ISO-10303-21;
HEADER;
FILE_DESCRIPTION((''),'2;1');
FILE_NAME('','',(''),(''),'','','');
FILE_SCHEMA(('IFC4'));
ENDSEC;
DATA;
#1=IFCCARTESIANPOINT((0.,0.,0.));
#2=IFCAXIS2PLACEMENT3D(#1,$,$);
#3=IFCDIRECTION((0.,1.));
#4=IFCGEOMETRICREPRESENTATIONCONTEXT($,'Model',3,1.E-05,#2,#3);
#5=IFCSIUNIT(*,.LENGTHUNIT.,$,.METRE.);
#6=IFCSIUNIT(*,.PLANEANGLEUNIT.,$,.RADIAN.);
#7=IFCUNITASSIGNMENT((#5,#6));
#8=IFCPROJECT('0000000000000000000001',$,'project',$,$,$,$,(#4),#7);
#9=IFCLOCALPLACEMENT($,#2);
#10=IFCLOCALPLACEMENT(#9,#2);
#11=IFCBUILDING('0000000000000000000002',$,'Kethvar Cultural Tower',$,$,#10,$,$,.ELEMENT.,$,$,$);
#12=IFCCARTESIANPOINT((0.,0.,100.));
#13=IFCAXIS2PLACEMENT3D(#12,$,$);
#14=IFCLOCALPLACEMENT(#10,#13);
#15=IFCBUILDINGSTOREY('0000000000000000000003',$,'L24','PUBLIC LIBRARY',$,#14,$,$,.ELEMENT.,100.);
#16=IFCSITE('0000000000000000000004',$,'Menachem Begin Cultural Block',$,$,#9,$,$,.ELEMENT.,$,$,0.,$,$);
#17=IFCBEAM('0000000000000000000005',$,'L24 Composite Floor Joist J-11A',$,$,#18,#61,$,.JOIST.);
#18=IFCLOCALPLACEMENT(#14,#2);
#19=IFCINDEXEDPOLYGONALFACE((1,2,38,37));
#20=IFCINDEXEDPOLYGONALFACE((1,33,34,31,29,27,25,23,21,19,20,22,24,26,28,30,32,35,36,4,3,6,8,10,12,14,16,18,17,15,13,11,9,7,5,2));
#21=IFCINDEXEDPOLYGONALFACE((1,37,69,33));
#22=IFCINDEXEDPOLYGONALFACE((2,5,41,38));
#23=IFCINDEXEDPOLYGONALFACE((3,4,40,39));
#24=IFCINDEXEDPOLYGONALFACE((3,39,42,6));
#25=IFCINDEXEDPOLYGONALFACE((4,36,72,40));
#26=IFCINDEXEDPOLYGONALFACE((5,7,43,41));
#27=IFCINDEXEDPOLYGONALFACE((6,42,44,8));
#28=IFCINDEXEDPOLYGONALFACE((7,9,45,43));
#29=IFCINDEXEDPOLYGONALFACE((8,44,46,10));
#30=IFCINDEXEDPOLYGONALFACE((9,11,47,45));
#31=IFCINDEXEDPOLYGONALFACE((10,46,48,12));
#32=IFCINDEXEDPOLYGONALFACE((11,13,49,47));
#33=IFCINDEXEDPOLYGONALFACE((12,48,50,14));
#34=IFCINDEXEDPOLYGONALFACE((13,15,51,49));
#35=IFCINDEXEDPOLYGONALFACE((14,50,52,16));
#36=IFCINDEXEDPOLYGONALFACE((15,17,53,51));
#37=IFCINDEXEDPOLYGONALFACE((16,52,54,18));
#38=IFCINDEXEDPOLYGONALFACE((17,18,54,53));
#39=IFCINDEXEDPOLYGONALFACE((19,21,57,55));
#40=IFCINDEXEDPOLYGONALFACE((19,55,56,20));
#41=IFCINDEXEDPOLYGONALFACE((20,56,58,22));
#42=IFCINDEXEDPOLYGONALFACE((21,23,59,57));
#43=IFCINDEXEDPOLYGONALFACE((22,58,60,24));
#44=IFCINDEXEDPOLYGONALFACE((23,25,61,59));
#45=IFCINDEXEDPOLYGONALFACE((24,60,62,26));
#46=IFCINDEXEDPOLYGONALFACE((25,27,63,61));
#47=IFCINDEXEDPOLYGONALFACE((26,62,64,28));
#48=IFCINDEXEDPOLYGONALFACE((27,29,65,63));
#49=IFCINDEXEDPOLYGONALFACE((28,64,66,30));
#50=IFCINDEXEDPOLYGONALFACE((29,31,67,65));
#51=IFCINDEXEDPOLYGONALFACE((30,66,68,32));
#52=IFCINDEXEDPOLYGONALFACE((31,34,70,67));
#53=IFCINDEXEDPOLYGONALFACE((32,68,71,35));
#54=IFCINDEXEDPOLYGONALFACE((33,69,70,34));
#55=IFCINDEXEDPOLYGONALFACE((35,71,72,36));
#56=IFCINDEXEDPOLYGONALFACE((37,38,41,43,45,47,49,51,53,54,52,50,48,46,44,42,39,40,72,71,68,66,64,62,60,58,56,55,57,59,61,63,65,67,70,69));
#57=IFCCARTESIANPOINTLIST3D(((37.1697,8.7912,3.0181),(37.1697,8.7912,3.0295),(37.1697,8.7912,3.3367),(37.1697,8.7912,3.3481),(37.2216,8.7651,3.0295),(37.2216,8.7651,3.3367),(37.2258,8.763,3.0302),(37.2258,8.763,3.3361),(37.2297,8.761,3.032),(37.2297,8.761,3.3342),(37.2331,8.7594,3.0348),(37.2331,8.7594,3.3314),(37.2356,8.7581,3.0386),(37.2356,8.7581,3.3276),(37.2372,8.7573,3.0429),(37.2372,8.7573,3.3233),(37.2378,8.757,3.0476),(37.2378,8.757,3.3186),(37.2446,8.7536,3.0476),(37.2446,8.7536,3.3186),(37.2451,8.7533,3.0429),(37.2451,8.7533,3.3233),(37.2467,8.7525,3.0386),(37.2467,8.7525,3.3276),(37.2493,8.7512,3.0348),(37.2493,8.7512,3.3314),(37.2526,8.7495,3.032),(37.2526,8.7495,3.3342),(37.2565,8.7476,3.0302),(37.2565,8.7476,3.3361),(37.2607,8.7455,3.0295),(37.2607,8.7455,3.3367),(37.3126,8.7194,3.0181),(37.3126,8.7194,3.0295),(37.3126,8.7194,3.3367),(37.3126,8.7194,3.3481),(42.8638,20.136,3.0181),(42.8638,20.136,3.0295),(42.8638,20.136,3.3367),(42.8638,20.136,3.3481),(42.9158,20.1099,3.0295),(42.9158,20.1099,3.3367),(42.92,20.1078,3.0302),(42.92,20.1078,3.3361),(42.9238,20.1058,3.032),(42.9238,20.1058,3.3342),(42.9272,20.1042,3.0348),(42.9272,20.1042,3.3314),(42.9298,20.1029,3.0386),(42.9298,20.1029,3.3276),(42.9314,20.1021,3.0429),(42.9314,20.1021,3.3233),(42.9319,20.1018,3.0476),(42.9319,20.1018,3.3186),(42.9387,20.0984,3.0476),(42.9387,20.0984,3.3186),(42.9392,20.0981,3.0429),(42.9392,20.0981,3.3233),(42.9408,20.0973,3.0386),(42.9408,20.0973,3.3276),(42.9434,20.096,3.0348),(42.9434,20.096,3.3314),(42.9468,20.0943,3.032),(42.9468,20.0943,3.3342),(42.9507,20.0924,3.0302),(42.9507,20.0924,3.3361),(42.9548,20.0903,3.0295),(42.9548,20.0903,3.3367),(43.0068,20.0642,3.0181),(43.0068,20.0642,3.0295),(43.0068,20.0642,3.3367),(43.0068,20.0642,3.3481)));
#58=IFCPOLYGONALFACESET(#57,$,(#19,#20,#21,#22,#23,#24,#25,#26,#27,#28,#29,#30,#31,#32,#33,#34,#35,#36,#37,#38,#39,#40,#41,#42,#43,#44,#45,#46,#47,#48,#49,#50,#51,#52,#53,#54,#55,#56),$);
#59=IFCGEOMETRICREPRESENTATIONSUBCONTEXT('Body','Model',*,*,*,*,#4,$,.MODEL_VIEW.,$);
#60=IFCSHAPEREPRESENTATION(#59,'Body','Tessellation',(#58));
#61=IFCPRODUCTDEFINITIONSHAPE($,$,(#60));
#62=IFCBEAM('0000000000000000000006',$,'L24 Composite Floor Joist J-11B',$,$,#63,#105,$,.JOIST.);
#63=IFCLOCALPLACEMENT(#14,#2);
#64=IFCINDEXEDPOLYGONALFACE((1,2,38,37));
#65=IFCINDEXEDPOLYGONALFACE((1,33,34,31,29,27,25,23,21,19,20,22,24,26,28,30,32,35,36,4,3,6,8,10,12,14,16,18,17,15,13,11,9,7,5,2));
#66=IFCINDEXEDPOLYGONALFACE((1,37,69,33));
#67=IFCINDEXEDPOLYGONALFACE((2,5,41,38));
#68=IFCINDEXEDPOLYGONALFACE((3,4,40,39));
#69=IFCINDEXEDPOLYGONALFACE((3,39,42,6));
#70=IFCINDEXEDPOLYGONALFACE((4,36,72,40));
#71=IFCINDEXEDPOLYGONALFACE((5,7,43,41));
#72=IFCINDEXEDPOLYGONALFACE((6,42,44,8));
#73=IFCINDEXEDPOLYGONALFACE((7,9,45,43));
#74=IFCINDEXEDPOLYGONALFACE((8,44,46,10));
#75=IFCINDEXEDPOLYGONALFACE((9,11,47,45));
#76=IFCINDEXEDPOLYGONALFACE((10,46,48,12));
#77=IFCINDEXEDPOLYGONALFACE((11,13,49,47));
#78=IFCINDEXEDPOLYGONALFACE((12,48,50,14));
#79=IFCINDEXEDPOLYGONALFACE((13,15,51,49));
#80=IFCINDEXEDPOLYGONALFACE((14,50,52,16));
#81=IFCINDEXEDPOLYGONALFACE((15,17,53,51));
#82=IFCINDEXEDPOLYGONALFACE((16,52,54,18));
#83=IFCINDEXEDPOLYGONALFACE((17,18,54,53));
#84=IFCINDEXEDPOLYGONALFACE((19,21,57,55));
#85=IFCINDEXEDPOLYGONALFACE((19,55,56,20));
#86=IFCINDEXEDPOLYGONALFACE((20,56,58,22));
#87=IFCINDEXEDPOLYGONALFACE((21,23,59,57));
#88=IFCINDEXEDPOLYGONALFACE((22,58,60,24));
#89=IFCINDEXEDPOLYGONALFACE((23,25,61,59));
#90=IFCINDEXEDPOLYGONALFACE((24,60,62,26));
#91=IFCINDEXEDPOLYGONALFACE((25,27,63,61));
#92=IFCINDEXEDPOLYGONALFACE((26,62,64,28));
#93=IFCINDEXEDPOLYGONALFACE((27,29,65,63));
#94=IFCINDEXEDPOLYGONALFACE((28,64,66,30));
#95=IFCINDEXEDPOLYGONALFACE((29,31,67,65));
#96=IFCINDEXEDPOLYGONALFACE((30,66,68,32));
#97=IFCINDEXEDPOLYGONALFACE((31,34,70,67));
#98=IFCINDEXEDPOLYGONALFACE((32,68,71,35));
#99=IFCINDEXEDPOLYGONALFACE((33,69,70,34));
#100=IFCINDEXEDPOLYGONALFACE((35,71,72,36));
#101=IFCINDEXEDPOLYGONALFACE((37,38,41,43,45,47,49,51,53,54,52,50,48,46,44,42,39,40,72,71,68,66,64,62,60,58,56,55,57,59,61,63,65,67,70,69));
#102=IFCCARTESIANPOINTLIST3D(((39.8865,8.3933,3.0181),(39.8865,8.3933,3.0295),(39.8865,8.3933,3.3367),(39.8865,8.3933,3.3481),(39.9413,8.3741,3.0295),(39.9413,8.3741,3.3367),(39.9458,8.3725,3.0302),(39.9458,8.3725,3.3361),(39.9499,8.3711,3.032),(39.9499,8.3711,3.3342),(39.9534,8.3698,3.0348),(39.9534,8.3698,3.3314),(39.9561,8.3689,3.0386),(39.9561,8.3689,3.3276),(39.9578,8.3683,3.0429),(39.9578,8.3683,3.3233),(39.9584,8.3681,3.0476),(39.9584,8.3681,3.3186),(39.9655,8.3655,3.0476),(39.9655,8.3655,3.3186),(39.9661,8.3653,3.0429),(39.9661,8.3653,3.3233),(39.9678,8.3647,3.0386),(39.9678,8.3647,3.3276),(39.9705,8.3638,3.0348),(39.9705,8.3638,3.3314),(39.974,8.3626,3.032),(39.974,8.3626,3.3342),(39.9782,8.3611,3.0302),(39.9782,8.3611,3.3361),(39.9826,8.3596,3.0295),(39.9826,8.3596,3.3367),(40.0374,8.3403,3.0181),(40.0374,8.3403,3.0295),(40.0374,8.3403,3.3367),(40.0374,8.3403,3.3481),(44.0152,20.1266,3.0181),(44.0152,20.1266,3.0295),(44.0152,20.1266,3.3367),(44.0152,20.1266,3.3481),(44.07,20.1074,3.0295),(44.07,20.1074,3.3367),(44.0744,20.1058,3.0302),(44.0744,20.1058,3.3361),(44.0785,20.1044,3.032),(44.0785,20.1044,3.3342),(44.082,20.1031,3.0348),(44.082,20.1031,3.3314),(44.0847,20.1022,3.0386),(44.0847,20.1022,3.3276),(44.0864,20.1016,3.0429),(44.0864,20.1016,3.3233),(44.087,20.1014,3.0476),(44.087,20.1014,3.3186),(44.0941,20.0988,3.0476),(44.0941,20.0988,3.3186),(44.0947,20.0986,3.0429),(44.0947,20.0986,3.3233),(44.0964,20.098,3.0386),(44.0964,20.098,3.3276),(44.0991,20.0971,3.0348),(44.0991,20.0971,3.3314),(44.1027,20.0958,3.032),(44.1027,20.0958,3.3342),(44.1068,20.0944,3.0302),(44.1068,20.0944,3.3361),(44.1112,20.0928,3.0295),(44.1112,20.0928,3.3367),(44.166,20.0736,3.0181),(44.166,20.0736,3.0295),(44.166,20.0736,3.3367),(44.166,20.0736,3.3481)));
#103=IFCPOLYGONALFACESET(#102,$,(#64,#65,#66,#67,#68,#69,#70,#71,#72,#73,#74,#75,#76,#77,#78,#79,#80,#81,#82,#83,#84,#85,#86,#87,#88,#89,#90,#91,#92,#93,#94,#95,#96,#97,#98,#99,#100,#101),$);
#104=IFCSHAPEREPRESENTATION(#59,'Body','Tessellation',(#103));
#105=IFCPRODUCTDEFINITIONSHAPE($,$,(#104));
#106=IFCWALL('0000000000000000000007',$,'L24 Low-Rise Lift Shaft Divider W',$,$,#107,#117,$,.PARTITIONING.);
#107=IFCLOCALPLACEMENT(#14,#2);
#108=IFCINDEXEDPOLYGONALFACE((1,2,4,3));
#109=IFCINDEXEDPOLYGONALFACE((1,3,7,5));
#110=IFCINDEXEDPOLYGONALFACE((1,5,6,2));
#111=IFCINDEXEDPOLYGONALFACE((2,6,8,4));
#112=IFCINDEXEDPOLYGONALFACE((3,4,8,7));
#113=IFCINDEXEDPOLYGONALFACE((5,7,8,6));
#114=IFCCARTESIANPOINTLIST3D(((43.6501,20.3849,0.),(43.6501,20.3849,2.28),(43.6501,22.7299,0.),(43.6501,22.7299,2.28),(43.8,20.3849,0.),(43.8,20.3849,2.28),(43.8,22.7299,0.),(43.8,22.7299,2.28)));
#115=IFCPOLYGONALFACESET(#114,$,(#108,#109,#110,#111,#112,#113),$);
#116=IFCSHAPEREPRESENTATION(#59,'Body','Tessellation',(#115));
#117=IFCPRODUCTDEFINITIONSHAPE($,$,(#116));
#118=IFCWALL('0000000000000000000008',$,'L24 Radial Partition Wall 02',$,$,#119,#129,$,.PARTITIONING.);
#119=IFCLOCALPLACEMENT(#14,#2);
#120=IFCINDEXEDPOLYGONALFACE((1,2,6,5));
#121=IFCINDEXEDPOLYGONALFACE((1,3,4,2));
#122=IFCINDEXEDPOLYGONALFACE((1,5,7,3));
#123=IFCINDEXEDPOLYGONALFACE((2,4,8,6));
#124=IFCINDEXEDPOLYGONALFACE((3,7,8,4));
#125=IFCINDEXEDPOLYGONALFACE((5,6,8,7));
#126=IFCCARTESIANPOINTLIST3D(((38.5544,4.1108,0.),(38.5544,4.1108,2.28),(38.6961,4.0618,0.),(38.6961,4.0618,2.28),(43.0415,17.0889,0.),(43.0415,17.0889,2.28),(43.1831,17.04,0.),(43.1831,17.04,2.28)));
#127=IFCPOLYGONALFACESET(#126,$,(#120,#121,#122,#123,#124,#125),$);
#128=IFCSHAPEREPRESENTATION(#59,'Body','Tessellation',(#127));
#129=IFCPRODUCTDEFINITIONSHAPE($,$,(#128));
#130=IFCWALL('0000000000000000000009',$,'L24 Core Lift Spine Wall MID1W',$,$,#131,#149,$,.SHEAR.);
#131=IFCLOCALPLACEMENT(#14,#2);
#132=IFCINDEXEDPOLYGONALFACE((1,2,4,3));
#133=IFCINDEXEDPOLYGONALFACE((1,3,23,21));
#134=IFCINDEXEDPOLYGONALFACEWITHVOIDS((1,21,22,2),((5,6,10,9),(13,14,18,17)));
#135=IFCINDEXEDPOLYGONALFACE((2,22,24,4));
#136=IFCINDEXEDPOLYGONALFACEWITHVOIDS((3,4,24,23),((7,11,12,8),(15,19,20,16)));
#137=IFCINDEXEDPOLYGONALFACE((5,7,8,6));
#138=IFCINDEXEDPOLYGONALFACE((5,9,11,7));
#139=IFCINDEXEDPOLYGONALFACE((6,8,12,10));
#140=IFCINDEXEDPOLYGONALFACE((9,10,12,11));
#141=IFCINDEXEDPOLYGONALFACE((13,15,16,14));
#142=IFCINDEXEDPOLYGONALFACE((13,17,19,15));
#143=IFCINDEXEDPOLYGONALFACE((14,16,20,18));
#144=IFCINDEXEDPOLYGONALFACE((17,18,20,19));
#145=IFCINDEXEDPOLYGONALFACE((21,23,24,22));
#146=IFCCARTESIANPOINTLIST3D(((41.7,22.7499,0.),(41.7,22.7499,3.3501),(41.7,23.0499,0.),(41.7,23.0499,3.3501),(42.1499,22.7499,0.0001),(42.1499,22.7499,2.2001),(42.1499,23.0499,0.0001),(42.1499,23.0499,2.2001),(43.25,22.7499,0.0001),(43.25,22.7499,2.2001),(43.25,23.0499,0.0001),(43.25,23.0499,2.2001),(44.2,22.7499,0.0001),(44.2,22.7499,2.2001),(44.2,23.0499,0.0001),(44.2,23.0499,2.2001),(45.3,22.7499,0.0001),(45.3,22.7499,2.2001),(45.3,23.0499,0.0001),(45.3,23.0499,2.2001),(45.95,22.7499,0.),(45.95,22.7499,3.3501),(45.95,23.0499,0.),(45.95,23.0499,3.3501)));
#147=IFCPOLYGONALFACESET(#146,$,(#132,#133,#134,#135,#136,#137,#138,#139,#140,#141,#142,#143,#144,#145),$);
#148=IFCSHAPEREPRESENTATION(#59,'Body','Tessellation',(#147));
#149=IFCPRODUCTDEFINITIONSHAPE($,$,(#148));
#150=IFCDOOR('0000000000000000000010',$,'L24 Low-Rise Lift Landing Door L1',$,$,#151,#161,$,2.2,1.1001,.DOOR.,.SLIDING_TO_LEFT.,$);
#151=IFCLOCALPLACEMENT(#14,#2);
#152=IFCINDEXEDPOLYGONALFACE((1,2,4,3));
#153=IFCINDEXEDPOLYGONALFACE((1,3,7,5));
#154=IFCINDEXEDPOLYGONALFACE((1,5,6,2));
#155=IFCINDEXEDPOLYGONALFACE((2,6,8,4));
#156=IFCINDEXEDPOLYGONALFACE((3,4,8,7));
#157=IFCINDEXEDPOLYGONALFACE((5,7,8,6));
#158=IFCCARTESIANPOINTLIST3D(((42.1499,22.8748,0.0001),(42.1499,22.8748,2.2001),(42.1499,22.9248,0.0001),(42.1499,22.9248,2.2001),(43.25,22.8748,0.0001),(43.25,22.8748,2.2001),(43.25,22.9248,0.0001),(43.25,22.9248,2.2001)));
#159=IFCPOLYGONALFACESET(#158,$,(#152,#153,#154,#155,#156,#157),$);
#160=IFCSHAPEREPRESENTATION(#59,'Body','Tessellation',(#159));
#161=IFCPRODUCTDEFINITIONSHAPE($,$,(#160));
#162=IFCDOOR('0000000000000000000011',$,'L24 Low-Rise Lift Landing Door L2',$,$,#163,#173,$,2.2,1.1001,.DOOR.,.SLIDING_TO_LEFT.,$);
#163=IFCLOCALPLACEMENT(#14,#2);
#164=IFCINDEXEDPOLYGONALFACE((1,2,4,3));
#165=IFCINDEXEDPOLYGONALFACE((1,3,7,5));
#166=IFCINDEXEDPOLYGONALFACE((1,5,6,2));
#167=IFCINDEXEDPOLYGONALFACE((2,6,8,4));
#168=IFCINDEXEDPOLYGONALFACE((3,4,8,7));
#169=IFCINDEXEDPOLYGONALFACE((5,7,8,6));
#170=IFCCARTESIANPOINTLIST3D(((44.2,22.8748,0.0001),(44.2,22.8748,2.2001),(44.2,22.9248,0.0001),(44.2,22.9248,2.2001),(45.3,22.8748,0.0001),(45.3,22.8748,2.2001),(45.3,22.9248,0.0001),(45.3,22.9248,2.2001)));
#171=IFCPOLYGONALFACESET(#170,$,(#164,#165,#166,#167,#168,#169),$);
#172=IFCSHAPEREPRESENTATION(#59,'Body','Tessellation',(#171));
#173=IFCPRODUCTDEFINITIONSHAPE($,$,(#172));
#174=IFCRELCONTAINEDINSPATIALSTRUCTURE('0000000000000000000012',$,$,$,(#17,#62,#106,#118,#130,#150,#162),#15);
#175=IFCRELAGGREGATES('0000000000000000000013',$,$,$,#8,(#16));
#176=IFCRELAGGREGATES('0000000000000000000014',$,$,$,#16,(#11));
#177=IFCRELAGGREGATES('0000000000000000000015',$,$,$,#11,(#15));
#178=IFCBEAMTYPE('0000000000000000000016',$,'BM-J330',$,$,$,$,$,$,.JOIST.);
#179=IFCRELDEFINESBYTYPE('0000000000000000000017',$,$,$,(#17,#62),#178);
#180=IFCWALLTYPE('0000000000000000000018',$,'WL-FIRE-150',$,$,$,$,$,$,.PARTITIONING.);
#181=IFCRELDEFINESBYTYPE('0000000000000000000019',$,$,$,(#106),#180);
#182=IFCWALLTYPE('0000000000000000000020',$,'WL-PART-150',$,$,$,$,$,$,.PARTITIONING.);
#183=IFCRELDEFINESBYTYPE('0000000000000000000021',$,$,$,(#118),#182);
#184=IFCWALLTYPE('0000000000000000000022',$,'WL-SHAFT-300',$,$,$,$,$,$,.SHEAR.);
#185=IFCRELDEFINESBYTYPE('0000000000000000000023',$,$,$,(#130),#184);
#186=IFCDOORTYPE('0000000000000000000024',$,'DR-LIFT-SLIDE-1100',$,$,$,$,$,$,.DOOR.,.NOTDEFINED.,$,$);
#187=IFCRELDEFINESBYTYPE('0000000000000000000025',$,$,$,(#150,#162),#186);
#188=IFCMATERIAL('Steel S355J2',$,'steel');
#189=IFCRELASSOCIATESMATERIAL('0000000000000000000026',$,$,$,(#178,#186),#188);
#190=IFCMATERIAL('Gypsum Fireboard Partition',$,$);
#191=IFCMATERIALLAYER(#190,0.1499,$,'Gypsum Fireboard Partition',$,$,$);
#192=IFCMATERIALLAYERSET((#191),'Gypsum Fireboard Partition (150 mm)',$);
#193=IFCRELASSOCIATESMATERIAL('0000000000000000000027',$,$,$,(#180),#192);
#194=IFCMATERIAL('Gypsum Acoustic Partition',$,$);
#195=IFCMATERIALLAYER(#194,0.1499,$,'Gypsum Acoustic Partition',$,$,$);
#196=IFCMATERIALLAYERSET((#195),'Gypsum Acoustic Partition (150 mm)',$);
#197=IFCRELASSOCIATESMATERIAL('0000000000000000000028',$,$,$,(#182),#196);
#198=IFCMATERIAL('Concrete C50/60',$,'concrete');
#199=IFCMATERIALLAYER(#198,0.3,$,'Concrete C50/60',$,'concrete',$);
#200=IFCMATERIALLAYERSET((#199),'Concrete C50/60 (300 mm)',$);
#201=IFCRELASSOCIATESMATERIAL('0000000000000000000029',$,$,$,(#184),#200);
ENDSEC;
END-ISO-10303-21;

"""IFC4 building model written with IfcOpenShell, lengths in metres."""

from ifc_helpers import new_model, si_unit, direction, frame, frame_2d, origin, origin_2d, place, context, subcontext, project, spatial, rectangle, i_section, extrude, source, transform, mapped, material, layer, layer_set, material_profile, profile_set, type_object, element, fill, save


model = new_model("IFC4")

# Units and contexts
model_context = context("Model", 3, precision=1e-05, world=origin(), true_north=direction((0.0, 1.0)))
body_context = subcontext(model_context, "Body", "Model", "MODEL_VIEW")
ifc_project = project(units=[si_unit("LENGTHUNIT", "METRE"), si_unit("PLANEANGLEUNIT", "RADIAN")], contexts=[model_context])

# Site, building, storey
site_placement = place(None, origin())
site = spatial("IfcSite", under=ifc_project, at=site_placement, Name="Menachem Begin Cultural Block", CompositionType="ELEMENT", RefElevation=0.0)
building_placement = place(site_placement, origin())
building = spatial("IfcBuilding", under=site, at=building_placement, Name="Kethvar Cultural Tower", CompositionType="ELEMENT")
storey_placement = place(building_placement, frame((0.0, 0.0, 100.0)))
storey = spatial("IfcBuildingStorey", under=building, at=storey_placement, Name="L24", Description="PUBLIC LIBRARY", CompositionType="ELEMENT", Elevation=100.0)

# Beams
ifc_material_1 = material(Name="Steel S355J2", Category="steel")
ifc_material_profile_1 = material_profile(ifc_material_1, i_section(OverallWidth=0.1599, OverallDepth=0.3301, WebThickness=0.0076, FlangeThickness=0.0115, FilletRadius=0.0181, at=origin_2d()), Name="Steel S355J2 — IPE330")
ifc_profile_set_1 = profile_set([ifc_material_profile_1], Name="Steel S355J2 — IPE330")
beam_type_1 = type_object("IfcBeamType", Name="BM-J330", PredefinedType="JOIST", material=ifc_profile_set_1)
shared_shape_1 = source(origin(), body_context, "Body", "SweptSolid", [
    extrude(i_section(OverallWidth=0.1599, OverallDepth=0.3301, WebThickness=0.0076, FlangeThickness=0.0115, FilletRadius=0.0181, at=origin_2d()), origin(), (0.0, 0.0, 1.0), 12.6936),
])
beam_1_placement = place(storey_placement, frame((42.9353, 20.1001, 3.1831), z_axis=(-0.448582, -0.893741, 0.0), x_axis=(0.893741, -0.448582, 0.0)))
element("IfcBeam", 1, at=beam_1_placement, inside=storey, type_object=beam_type_1, Name="L24 Composite Floor Joist J-11A", PredefinedType="JOIST", context=body_context, shape_type="MappedRepresentation", body=[
    mapped(shared_shape_1, transform((0.0, 0.0, 0.0), scale=1.0)),
])
shared_shape_2 = source(origin(), body_context, "Body", "SweptSolid", [
    extrude(i_section(OverallWidth=0.1599, OverallDepth=0.3301, WebThickness=0.0076, FlangeThickness=0.0115, FilletRadius=0.0181, at=origin_2d()), origin(), (0.0, 0.0, 1.0), 12.4385),
])
beam_2_placement = place(storey_placement, frame((44.0906, 20.1001, 3.1831), z_axis=(-0.331924, -0.943306, 0.0), x_axis=(0.943306, -0.331924, 0.0)))
element("IfcBeam", 2, at=beam_2_placement, inside=storey, type_object=beam_type_1, Name="L24 Composite Floor Joist J-11B", PredefinedType="JOIST", context=body_context, shape_type="MappedRepresentation", body=[
    mapped(shared_shape_2, transform((0.0, 0.0, 0.0), scale=1.0)),
])

# Walls
ifc_material_2 = material(Name="Gypsum Fireboard Partition")
ifc_layer_1 = layer(ifc_material_2, 0.1499, Name="Gypsum Fireboard Partition")
ifc_layer_set_1 = layer_set([ifc_layer_1], Name="Gypsum Fireboard Partition (150 mm)")
wall_type_1 = type_object("IfcWallType", Name="WL-FIRE-150", PredefinedType="PARTITIONING", material=ifc_layer_set_1)
wall_1_placement = place(storey_placement, frame((43.7251, 20.385, 0.0), z_axis=(0.0, 0.0, 1.0), x_axis=(0.0, 1.0, 0.0)))
element("IfcWall", 3, at=wall_1_placement, inside=storey, type_object=wall_type_1, Name="L24 Low-Rise Lift Shaft Divider W", PredefinedType="PARTITIONING", context=body_context, shape_type="SweptSolid", body=[
    extrude(rectangle(XDim=2.345, YDim=0.1499, at=frame_2d((1.1724, 0.0))), origin(), (0.0, 0.0, 1.0), 2.28),
])
ifc_material_3 = material(Name="Gypsum Acoustic Partition")
ifc_layer_2 = layer(ifc_material_3, 0.1499, Name="Gypsum Acoustic Partition")
ifc_layer_set_2 = layer_set([ifc_layer_2], Name="Gypsum Acoustic Partition (150 mm)")
wall_type_2 = type_object("IfcWallType", Name="WL-PART-150", PredefinedType="PARTITIONING", material=ifc_layer_set_2)
wall_2_placement = place(storey_placement, frame((43.1123, 17.0645, 0.0), z_axis=(0.0, 0.0, 1.0), x_axis=(-0.326758, -0.945108, 0.0)))
element("IfcWall", 4, at=wall_2_placement, inside=storey, type_object=wall_type_2, Name="L24 Radial Partition Wall 02", PredefinedType="PARTITIONING", context=body_context, shape_type="SweptSolid", body=[
    extrude(rectangle(XDim=13.7319, YDim=0.1499, at=frame_2d((6.866, 0.0))), origin(), (0.0, 0.0, 1.0), 2.28),
])

# Wall, openings, doors
ifc_material_4 = material(Name="Concrete C50/60", Category="concrete")
ifc_layer_3 = layer(ifc_material_4, 0.3, Name="Concrete C50/60", Category="concrete")
ifc_layer_set_3 = layer_set([ifc_layer_3], Name="Concrete C50/60 (300 mm)")
wall_type_3 = type_object("IfcWallType", Name="WL-SHAFT-300", PredefinedType="SHEAR", material=ifc_layer_set_3)
wall_3_placement = place(storey_placement, frame((41.7, 22.8999, 0.0), z_axis=(0.0, 0.0, 1.0), x_axis=(1.0, 0.0, 0.0)))
wall_3 = element("IfcWall", 5, at=wall_3_placement, inside=storey, type_object=wall_type_3, Name="L24 Core Lift Spine Wall MID1W", PredefinedType="SHEAR", context=body_context, shape_type="SweptSolid", body=[
    extrude(rectangle(XDim=4.25, YDim=0.3, at=frame_2d((2.125, 0.0))), origin(), (0.0, 0.0, 1.0), 3.3501),
])
opening_1_placement = place(wall_3_placement, frame((0.45, 0.0, 0.0)))
opening_1 = element("IfcOpeningElement", 6, at=opening_1_placement, cuts=wall_3, PredefinedType="OPENING", context=body_context, shape_type="SweptSolid", body=[
    extrude(rectangle(XDim=1.1001, YDim=2.2, at=frame_2d((0.55, 1.1001))), frame((0.0, 0.1599, 0.0), z_axis=(0.0, -1.0, 0.0), x_axis=(1.0, 0.0, 0.0)), (0.0, 0.0, 1.0), 0.3201),
])
opening_2_placement = place(wall_3_placement, frame((2.5, 0.0, 0.0)))
opening_2 = element("IfcOpeningElement", 7, at=opening_2_placement, cuts=wall_3, PredefinedType="OPENING", context=body_context, shape_type="SweptSolid", body=[
    extrude(rectangle(XDim=1.1001, YDim=2.2, at=frame_2d((0.55, 1.1001))), frame((0.0, 0.1599, 0.0), z_axis=(0.0, -1.0, 0.0), x_axis=(1.0, 0.0, 0.0)), (0.0, 0.0, 1.0), 0.3201),
])
door_type = type_object("IfcDoorType", Name="DR-LIFT-SLIDE-1100", OperationType="NOTDEFINED", PredefinedType="DOOR", material=ifc_material_1)
shared_shape_3 = source(origin(), body_context, "Body", "SweptSolid", [
    extrude(rectangle(XDim=1.1001, YDim=2.2, at=frame_2d((0.55, 1.1001))), frame((0.0, 0.0249, 0.0), z_axis=(0.0, -1.0, 0.0), x_axis=(1.0, 0.0, 0.0)), (0.0, 0.0, 1.0), 0.05),
])
door_1_placement = place(opening_1_placement, origin())
door_1 = element("IfcDoor", 8, at=door_1_placement, inside=storey, type_object=door_type, Name="L24 Low-Rise Lift Landing Door L1", OperationType="SLIDING_TO_LEFT", OverallHeight=2.2, OverallWidth=1.1001, PredefinedType="DOOR", context=body_context, shape_type="MappedRepresentation", body=[
    mapped(shared_shape_3, transform((0.0, 0.0, 0.0), scale=1.0)),
])
fill(opening_1, door_1)
door_2_placement = place(opening_2_placement, origin())
door_2 = element("IfcDoor", 9, at=door_2_placement, inside=storey, type_object=door_type, Name="L24 Low-Rise Lift Landing Door L2", OperationType="SLIDING_TO_LEFT", OverallHeight=2.2, OverallWidth=1.1001, PredefinedType="DOOR", context=body_context, shape_type="MappedRepresentation", body=[
    mapped(shared_shape_3, transform((0.0, 0.0, 0.0), scale=1.0)),
])
fill(opening_2, door_2)

save(model, "model.ifc")
